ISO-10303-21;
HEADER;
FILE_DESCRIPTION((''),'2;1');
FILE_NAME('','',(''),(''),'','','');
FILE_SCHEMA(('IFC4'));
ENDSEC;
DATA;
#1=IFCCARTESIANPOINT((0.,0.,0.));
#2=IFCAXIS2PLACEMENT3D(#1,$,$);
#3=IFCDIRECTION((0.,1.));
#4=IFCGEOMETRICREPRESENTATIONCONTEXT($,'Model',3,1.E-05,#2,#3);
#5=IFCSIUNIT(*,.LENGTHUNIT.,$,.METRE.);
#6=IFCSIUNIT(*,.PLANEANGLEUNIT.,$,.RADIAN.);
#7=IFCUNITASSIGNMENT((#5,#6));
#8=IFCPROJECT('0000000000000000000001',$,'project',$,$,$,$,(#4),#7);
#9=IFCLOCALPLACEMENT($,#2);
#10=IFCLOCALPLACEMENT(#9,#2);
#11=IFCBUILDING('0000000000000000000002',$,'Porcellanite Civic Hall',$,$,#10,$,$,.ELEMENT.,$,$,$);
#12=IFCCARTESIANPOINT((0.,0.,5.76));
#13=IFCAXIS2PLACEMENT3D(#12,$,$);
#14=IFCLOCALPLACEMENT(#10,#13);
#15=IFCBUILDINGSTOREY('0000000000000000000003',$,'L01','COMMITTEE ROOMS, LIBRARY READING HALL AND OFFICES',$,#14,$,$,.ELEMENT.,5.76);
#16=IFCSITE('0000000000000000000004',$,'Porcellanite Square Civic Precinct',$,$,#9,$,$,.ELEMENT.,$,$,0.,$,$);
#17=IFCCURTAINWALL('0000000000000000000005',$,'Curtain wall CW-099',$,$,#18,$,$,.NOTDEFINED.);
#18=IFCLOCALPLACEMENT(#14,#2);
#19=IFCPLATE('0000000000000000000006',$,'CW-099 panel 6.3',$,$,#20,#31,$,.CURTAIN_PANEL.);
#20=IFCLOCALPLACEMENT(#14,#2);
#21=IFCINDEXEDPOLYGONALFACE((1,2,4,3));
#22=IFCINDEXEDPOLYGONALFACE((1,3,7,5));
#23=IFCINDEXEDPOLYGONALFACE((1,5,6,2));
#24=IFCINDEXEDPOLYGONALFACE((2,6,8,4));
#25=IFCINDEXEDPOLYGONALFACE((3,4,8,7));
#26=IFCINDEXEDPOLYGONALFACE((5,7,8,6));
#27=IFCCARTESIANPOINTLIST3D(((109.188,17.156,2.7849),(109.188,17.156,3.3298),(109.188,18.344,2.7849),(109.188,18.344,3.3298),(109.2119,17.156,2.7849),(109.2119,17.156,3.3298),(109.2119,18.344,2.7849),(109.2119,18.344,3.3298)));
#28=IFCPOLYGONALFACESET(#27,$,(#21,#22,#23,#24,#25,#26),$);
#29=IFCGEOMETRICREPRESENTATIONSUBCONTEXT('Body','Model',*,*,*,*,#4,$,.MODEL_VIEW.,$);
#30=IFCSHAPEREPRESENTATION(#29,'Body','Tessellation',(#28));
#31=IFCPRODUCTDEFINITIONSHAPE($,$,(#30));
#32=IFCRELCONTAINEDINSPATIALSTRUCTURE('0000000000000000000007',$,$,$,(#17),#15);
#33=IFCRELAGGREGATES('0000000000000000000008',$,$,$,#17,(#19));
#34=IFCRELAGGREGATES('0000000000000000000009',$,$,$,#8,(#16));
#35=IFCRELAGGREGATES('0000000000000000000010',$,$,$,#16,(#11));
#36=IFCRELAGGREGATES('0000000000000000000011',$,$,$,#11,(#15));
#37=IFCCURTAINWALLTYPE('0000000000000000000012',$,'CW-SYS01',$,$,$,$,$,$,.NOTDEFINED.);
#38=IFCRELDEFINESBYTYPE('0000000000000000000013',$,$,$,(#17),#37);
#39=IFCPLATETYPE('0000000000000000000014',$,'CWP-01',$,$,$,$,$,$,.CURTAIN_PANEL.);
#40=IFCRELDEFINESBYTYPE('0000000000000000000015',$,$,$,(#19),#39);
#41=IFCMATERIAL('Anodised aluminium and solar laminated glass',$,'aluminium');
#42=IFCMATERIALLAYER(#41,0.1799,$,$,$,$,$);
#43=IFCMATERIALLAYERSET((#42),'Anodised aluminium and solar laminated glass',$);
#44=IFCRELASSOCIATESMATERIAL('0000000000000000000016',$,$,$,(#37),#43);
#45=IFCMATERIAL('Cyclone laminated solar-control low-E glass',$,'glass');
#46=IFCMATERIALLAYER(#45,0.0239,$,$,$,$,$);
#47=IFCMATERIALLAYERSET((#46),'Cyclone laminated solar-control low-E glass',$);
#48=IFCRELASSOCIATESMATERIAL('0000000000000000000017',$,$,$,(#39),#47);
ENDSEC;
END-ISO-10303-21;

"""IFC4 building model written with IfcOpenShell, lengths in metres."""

from ifc_helpers import new_model, si_unit, direction, frame, origin, origin_2d, place, context, subcontext, project, spatial, rectangle, extrude, material, layer, layer_set, type_object, element, aggregate, save


model = new_model("IFC4")

# Units and contexts
model_context = context("Model", 3, precision=1e-05, world=origin(), true_north=direction((0.0, 1.0)))
body_context = subcontext(model_context, "Body", "Model", "MODEL_VIEW")
ifc_project = project(units=[si_unit("LENGTHUNIT", "METRE"), si_unit("PLANEANGLEUNIT", "RADIAN")], contexts=[model_context])

# Site, building, storey
site_placement = place(None, origin())
site = spatial("IfcSite", under=ifc_project, at=site_placement, Name="Porcellanite Square Civic Precinct", CompositionType="ELEMENT", RefElevation=0.0)
building_placement = place(site_placement, origin())
building = spatial("IfcBuilding", under=site, at=building_placement, Name="Porcellanite Civic Hall", CompositionType="ELEMENT")
storey_placement = place(building_placement, frame((0.0, 0.0, 5.76)))
storey = spatial("IfcBuildingStorey", under=building, at=storey_placement, Name="L01", Description="COMMITTEE ROOMS, LIBRARY READING HALL AND OFFICES", CompositionType="ELEMENT", Elevation=5.76)

# Shared definitions
ifc_material_1 = material(Name="Anodised aluminium and solar laminated glass", Category="aluminium")
ifc_layer_1 = layer(ifc_material_1, 0.1799)
ifc_layer_set_1 = layer_set([ifc_layer_1], Name="Anodised aluminium and solar laminated glass")
curtain_wall_type = type_object("IfcCurtainWallType", Name="CW-SYS01", PredefinedType="NOTDEFINED", material=ifc_layer_set_1)

# Curtain wall
curtain_wall_1_placement = place(storey_placement, origin())
curtain_wall_1 = element("IfcCurtainWall", 1, at=curtain_wall_1_placement, inside=storey, type_object=curtain_wall_type, Name="Curtain wall CW-099", PredefinedType="NOTDEFINED")

# Plate
ifc_material_2 = material(Name="Cyclone laminated solar-control low-E glass", Category="glass")
ifc_layer_2 = layer(ifc_material_2, 0.0239)
ifc_layer_set_2 = layer_set([ifc_layer_2], Name="Cyclone laminated solar-control low-E glass")
plate_type = type_object("IfcPlateType", Name="CWP-01", PredefinedType="CURTAIN_PANEL", material=ifc_layer_set_2)
plate_1_placement = place(storey_placement, frame((109.2, 17.75, 2.7849), z_axis=(0.0, 0.0, 1.0), x_axis=(0.0, -1.0, 0.0)))
plate_1 = element("IfcPlate", 2, at=plate_1_placement, type_object=plate_type, Name="CW-099 panel 6.3", PredefinedType="CURTAIN_PANEL", context=body_context, shape_type="SweptSolid", body=[
    extrude(rectangle(XDim=1.188, YDim=0.0239, at=origin_2d()), origin(), (0.0, 0.0, 1.0), 0.5449),
])
aggregate(curtain_wall_1, [plate_1])

save(model, "model.ifc")
